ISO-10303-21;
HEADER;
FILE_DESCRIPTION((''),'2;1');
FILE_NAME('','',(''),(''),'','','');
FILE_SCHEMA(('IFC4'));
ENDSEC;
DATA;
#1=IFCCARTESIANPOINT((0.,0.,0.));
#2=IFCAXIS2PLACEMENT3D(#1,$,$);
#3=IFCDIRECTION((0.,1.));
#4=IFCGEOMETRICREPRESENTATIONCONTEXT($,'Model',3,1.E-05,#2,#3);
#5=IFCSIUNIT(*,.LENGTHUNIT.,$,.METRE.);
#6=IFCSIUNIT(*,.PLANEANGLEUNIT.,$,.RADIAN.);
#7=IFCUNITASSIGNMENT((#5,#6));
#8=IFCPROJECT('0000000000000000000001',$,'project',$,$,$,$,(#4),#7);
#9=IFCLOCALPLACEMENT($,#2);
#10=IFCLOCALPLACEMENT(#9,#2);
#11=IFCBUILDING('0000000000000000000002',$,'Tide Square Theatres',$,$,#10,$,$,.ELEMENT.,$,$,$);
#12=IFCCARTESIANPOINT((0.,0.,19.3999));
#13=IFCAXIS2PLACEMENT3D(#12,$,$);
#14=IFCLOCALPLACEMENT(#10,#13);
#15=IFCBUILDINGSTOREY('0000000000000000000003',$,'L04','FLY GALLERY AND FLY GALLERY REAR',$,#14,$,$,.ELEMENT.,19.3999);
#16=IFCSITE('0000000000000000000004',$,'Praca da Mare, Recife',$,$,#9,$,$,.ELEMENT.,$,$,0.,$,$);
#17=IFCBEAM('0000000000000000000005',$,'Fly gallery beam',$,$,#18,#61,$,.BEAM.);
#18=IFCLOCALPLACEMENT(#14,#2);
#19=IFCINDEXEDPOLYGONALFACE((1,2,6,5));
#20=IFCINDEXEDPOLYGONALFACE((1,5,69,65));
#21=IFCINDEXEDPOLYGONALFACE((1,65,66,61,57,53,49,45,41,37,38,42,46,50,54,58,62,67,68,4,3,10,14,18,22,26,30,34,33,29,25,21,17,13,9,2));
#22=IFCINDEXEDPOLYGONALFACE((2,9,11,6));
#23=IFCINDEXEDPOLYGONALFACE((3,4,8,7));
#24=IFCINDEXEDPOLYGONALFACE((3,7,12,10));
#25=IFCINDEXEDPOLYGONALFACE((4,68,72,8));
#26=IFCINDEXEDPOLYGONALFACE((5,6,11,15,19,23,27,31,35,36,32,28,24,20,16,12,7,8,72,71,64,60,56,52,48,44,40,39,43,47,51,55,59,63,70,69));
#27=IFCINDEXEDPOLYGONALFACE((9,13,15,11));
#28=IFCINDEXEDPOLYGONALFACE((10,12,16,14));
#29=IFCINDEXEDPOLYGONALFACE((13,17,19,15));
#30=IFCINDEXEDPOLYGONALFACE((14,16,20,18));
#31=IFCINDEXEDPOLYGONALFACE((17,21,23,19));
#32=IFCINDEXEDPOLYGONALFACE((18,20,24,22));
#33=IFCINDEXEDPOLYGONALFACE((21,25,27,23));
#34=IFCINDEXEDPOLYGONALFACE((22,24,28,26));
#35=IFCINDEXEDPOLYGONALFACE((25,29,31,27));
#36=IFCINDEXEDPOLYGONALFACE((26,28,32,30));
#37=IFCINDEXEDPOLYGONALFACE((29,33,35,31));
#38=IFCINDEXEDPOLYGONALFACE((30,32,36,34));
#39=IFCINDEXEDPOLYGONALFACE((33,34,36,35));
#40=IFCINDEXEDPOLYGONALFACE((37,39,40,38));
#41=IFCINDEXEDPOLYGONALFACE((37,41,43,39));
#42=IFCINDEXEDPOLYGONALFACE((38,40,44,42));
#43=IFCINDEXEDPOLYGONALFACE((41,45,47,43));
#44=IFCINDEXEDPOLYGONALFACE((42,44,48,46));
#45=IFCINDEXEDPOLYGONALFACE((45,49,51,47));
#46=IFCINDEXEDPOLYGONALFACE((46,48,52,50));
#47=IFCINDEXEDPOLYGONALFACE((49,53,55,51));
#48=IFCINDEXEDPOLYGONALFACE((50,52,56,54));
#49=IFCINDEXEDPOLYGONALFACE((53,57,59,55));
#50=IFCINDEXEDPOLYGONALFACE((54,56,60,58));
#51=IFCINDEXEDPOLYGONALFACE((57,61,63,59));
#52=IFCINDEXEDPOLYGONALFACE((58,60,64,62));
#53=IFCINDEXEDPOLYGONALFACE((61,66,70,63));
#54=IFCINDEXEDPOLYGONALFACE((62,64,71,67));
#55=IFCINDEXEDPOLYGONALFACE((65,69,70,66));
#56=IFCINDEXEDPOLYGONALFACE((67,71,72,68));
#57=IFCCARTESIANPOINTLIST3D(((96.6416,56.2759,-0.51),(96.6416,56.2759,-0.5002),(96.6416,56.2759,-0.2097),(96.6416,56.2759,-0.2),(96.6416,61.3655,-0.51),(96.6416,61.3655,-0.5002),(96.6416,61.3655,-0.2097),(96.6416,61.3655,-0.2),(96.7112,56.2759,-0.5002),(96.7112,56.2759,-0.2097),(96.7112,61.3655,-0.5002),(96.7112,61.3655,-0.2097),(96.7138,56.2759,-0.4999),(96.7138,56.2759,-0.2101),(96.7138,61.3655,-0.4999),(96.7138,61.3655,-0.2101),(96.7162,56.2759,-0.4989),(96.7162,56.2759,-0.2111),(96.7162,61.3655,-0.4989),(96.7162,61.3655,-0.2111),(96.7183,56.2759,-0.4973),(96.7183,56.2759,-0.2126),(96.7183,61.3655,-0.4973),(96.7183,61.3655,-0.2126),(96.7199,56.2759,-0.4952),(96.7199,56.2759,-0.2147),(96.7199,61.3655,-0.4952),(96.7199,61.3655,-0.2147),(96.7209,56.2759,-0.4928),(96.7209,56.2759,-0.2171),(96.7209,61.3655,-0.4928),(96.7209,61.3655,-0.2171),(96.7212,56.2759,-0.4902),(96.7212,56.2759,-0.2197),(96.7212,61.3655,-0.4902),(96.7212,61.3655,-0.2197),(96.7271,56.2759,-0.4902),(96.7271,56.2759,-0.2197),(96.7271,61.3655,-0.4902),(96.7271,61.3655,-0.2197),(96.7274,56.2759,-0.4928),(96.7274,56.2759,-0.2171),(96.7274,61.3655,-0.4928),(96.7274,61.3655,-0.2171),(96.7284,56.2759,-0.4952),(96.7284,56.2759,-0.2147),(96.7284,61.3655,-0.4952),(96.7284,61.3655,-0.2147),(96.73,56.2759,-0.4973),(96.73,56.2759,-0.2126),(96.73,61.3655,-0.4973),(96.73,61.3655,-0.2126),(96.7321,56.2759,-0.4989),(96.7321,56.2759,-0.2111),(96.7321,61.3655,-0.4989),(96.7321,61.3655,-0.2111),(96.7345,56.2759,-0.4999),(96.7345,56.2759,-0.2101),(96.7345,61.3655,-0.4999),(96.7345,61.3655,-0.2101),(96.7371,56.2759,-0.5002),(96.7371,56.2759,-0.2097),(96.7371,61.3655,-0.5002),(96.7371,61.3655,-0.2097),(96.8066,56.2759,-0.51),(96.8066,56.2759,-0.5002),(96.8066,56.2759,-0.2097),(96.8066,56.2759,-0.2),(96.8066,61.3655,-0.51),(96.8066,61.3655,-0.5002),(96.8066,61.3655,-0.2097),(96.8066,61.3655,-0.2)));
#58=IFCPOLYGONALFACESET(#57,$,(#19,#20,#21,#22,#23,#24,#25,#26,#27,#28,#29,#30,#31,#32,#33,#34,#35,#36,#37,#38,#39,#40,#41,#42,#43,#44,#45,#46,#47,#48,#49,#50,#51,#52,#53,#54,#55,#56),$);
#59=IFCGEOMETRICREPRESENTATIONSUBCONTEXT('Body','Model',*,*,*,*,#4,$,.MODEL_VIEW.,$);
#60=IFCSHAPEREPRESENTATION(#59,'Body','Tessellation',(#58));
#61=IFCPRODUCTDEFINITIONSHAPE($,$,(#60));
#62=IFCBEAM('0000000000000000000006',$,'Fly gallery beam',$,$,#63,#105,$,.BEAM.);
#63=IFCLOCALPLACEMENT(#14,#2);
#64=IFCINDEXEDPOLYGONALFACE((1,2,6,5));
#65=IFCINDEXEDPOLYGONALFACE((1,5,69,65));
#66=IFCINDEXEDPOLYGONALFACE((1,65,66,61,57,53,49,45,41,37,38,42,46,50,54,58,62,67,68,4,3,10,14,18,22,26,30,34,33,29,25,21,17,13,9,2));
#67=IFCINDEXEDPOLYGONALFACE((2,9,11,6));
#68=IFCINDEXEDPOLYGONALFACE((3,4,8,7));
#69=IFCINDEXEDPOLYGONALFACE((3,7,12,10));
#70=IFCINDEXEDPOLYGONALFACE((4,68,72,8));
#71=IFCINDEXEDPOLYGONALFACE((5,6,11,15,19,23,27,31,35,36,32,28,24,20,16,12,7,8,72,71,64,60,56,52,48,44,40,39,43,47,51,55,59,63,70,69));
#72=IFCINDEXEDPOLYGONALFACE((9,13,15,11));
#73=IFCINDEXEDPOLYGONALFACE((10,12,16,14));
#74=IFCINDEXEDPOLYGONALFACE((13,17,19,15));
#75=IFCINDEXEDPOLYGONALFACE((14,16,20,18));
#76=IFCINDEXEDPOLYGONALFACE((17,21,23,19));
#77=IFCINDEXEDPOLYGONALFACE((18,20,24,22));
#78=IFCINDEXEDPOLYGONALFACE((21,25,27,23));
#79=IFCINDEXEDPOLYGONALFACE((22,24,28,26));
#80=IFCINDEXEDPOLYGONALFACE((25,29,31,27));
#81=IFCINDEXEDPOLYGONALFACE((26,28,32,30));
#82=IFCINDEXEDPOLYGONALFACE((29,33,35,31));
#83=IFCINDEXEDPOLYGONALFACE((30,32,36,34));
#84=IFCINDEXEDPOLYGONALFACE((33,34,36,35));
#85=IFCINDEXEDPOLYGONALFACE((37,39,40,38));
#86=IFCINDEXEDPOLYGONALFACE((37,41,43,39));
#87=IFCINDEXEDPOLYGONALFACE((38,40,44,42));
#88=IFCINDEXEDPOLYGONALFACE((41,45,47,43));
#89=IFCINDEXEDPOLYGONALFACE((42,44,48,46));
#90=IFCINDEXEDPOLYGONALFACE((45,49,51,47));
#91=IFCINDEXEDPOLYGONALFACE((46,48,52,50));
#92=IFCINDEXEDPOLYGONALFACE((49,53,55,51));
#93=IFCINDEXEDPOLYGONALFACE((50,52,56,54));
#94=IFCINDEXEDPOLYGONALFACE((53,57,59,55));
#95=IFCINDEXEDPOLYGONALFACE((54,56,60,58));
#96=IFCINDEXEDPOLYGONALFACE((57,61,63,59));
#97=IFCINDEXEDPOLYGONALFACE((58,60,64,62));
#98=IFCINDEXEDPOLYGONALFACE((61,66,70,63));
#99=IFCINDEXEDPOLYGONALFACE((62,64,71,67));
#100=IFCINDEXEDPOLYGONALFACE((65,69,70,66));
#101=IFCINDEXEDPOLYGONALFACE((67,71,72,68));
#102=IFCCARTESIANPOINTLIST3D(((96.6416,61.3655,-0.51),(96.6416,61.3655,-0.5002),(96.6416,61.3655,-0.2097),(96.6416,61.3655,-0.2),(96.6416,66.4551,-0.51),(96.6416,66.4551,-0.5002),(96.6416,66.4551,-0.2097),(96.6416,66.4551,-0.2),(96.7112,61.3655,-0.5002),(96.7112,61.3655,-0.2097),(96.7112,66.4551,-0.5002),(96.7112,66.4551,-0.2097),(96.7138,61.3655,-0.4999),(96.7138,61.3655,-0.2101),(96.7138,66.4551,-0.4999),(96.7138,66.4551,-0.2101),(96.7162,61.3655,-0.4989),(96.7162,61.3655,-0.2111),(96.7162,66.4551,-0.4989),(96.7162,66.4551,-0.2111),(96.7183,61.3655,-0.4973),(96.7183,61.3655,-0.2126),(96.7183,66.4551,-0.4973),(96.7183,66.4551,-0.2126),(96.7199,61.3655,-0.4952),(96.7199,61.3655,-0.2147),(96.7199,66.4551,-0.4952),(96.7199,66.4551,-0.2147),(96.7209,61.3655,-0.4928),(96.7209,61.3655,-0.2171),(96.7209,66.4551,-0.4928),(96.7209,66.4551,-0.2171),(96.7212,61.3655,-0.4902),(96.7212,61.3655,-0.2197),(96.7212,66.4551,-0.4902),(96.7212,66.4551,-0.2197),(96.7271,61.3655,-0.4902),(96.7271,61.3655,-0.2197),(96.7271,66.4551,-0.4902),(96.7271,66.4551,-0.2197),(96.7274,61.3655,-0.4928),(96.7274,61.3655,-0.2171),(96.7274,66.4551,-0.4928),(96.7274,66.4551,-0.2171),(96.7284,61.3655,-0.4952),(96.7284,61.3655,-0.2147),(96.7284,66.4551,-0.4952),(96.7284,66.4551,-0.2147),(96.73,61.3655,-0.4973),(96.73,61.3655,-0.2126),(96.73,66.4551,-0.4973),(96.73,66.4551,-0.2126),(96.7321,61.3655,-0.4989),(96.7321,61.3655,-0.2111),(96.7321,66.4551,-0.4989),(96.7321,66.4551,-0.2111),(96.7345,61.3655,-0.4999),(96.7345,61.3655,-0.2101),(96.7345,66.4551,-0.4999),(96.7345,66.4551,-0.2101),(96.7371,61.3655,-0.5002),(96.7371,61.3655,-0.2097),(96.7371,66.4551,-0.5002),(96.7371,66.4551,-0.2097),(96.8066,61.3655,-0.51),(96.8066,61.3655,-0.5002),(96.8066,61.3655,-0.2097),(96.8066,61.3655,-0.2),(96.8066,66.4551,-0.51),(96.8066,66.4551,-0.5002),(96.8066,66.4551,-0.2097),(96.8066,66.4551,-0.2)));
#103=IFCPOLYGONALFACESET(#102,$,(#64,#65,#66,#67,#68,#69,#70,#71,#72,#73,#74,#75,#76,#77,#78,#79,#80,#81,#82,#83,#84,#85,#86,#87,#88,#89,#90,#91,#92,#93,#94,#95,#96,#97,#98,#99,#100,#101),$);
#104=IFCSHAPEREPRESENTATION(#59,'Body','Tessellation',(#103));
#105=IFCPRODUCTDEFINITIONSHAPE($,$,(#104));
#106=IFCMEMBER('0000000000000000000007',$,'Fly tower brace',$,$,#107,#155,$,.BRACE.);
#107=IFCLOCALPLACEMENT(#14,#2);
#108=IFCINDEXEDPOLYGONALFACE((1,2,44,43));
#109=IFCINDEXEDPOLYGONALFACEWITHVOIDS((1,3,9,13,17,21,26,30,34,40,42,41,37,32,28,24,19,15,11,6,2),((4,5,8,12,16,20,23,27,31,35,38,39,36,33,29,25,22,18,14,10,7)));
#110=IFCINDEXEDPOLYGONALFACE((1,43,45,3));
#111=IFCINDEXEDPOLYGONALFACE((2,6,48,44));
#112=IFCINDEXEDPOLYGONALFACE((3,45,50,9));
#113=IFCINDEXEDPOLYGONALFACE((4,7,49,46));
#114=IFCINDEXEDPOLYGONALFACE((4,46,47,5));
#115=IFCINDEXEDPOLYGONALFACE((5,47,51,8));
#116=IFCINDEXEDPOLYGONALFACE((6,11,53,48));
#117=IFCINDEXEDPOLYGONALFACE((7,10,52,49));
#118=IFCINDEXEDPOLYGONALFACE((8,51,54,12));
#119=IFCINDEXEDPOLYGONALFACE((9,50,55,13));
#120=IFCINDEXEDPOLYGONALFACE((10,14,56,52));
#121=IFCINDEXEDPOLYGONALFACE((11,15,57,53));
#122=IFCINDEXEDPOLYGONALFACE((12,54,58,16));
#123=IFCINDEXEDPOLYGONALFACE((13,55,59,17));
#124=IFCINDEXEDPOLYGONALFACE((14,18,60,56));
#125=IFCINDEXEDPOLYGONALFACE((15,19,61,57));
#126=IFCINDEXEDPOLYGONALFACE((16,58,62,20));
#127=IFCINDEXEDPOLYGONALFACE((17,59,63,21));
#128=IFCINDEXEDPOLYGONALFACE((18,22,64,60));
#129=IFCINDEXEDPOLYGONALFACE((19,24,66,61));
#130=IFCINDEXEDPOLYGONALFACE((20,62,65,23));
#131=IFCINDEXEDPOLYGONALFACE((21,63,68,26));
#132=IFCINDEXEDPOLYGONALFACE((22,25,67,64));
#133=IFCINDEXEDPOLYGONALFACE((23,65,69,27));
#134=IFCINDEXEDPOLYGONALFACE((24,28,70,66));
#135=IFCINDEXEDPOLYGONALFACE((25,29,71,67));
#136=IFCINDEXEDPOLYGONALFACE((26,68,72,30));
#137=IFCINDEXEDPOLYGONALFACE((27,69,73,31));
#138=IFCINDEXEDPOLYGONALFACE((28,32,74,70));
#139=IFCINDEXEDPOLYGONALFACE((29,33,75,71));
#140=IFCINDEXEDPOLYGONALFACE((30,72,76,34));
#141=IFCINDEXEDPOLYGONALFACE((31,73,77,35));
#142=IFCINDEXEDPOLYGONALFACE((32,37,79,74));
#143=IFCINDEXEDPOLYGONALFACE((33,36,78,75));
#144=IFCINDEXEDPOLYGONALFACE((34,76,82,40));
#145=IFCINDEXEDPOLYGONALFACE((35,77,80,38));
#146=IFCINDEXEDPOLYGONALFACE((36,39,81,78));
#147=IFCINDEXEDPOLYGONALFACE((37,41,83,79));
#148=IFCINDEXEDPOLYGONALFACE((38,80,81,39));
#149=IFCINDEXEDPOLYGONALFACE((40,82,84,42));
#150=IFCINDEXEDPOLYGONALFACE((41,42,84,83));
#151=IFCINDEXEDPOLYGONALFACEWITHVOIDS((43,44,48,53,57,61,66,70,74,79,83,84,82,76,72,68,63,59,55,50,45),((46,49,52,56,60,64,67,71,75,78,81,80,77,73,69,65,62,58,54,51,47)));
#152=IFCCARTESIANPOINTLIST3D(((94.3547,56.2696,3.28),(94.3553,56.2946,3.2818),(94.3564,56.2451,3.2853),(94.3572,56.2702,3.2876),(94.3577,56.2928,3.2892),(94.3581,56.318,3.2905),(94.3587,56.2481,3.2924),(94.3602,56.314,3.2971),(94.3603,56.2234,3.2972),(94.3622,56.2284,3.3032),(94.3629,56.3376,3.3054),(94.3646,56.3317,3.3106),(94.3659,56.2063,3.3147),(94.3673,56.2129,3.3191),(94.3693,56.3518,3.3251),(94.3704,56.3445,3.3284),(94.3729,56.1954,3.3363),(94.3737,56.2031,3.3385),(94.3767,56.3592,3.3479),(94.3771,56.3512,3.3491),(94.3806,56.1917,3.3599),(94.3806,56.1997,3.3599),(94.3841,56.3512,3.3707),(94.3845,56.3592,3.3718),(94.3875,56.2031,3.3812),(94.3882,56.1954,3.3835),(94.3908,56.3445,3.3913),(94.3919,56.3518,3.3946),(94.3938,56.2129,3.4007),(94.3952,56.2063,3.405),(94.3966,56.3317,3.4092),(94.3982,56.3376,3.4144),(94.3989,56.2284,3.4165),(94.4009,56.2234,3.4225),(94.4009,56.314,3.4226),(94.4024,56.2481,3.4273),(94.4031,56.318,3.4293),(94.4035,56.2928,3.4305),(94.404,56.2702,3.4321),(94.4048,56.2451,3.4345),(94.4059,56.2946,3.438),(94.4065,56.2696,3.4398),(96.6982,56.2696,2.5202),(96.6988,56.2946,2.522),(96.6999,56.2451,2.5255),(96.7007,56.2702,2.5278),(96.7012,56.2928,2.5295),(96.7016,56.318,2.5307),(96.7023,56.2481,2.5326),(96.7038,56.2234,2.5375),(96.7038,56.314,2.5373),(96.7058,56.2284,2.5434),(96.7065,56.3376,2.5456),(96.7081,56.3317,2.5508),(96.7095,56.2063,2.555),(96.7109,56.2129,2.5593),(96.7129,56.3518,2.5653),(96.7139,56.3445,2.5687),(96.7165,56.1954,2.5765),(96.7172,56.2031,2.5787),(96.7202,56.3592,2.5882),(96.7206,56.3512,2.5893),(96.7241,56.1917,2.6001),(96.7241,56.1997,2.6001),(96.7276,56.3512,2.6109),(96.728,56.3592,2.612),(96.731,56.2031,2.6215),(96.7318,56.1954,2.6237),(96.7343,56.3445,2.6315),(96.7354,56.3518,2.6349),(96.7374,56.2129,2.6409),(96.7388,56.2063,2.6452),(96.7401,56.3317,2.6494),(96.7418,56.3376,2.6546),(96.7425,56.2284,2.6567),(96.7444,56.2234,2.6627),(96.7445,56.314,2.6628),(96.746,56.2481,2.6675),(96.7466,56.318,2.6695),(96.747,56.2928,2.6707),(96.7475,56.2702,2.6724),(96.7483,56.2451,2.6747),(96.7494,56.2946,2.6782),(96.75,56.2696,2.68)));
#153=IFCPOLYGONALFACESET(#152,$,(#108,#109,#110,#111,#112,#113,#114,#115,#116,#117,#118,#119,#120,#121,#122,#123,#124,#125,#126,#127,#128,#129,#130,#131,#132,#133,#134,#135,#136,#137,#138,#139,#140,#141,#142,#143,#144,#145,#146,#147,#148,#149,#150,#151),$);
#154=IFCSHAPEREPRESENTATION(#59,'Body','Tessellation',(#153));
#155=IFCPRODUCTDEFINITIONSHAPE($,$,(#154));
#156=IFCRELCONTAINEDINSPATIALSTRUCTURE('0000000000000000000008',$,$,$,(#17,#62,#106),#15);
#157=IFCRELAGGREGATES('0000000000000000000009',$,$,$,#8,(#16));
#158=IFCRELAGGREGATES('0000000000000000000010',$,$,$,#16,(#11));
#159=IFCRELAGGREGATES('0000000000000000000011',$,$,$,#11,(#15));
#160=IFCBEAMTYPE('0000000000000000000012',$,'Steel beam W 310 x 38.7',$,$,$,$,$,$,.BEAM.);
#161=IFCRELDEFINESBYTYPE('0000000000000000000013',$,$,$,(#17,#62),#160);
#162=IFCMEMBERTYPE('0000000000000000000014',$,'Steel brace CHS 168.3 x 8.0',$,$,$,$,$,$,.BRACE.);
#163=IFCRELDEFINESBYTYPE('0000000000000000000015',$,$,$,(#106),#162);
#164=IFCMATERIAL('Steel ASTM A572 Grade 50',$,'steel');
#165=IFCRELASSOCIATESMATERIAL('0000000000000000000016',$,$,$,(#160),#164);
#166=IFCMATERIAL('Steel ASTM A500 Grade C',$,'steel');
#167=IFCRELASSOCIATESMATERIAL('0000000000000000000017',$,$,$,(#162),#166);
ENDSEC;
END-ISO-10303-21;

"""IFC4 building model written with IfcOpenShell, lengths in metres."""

from ifc_helpers import new_model, si_unit, direction, frame, origin, origin_2d, place, context, subcontext, project, spatial, hollow_circle, i_section, extrude, material, material_profile, profile_set, type_object, element, save


model = new_model("IFC4")

# Units and contexts
model_context = context("Model", 3, precision=1e-05, world=origin(), true_north=direction((0.0, 1.0)))
body_context = subcontext(model_context, "Body", "Model", "MODEL_VIEW")
ifc_project = project(units=[si_unit("LENGTHUNIT", "METRE"), si_unit("PLANEANGLEUNIT", "RADIAN")], contexts=[model_context])

# Site, building, storey
site_placement = place(None, origin())
site = spatial("IfcSite", under=ifc_project, at=site_placement, Name="Praca da Mare, Recife", CompositionType="ELEMENT", RefElevation=0.0)
building_placement = place(site_placement, origin())
building = spatial("IfcBuilding", under=site, at=building_placement, Name="Tide Square Theatres", CompositionType="ELEMENT")
storey_placement = place(building_placement, frame((0.0, 0.0, 19.3999)))
storey = spatial("IfcBuildingStorey", under=building, at=storey_placement, Name="L04", Description="FLY GALLERY AND FLY GALLERY REAR", CompositionType="ELEMENT", Elevation=19.3999)

# Beams
ifc_material_1 = material(Name="Steel ASTM A572 Grade 50", Category="steel")
ifc_material_profile_1 = material_profile(ifc_material_1, i_section(OverallWidth=0.165, OverallDepth=0.3101, WebThickness=0.0059, FlangeThickness=0.0098, FilletRadius=0.01, at=origin_2d()))
ifc_profile_set_1 = profile_set([ifc_material_profile_1], Name="Steel ASTM A572 Grade 50")
beam_type_1 = type_object("IfcBeamType", Name="Steel beam W 310 x 38.7", PredefinedType="BEAM", material=ifc_profile_set_1)
for number, where, z_axis, x_axis, name in (
    (1, (96.7241, 56.2759, -0.355), (0.0, 1.0, 0.0), (-1.0, 0.0, 0.0), "Fly gallery beam"),
    (2, (96.7241, 61.3655, -0.355), (0.0, 1.0, 0.0), (-1.0, 0.0, 0.0), "Fly gallery beam"),
):
    element("IfcBeam", number, at=place(storey_placement, frame(where, z_axis=z_axis, x_axis=x_axis)), inside=storey, type_object=beam_type_1, Name=name, PredefinedType="BEAM", context=body_context, shape_type="SweptSolid", body=[
        extrude(i_section(OverallWidth=0.165, OverallDepth=0.3101, WebThickness=0.0059, FlangeThickness=0.0098, FilletRadius=0.01, at=origin_2d()), origin(), (0.0, 0.0, 1.0), 5.0896),
    ])

# Member
ifc_material_2 = material(Name="Steel ASTM A500 Grade C", Category="steel")
ifc_material_profile_2 = material_profile(ifc_material_2, hollow_circle(Radius=0.0842, WallThickness=0.0081, at=origin_2d()))
ifc_profile_set_2 = profile_set([ifc_material_profile_2], Name="Steel ASTM A500 Grade C")
member_type = type_object("IfcMemberType", Name="Steel brace CHS 168.3 x 8.0", PredefinedType="BRACE", material=ifc_profile_set_2)
member_1_placement = place(storey_placement, frame((96.7241, 56.2759, 2.6001), z_axis=(-0.951257, 0.0, 0.308398), x_axis=(0.0, -1.0, 0.0)))
element("IfcMember", 3, at=member_1_placement, inside=storey, type_object=member_type, Name="Fly tower brace", PredefinedType="BRACE", context=body_context, shape_type="SweptSolid", body=[
    extrude(hollow_circle(Radius=0.0842, WallThickness=0.0081, at=origin_2d()), origin(), (0.0, 0.0, 1.0), 2.4636),
])

save(model, "model.ifc")
